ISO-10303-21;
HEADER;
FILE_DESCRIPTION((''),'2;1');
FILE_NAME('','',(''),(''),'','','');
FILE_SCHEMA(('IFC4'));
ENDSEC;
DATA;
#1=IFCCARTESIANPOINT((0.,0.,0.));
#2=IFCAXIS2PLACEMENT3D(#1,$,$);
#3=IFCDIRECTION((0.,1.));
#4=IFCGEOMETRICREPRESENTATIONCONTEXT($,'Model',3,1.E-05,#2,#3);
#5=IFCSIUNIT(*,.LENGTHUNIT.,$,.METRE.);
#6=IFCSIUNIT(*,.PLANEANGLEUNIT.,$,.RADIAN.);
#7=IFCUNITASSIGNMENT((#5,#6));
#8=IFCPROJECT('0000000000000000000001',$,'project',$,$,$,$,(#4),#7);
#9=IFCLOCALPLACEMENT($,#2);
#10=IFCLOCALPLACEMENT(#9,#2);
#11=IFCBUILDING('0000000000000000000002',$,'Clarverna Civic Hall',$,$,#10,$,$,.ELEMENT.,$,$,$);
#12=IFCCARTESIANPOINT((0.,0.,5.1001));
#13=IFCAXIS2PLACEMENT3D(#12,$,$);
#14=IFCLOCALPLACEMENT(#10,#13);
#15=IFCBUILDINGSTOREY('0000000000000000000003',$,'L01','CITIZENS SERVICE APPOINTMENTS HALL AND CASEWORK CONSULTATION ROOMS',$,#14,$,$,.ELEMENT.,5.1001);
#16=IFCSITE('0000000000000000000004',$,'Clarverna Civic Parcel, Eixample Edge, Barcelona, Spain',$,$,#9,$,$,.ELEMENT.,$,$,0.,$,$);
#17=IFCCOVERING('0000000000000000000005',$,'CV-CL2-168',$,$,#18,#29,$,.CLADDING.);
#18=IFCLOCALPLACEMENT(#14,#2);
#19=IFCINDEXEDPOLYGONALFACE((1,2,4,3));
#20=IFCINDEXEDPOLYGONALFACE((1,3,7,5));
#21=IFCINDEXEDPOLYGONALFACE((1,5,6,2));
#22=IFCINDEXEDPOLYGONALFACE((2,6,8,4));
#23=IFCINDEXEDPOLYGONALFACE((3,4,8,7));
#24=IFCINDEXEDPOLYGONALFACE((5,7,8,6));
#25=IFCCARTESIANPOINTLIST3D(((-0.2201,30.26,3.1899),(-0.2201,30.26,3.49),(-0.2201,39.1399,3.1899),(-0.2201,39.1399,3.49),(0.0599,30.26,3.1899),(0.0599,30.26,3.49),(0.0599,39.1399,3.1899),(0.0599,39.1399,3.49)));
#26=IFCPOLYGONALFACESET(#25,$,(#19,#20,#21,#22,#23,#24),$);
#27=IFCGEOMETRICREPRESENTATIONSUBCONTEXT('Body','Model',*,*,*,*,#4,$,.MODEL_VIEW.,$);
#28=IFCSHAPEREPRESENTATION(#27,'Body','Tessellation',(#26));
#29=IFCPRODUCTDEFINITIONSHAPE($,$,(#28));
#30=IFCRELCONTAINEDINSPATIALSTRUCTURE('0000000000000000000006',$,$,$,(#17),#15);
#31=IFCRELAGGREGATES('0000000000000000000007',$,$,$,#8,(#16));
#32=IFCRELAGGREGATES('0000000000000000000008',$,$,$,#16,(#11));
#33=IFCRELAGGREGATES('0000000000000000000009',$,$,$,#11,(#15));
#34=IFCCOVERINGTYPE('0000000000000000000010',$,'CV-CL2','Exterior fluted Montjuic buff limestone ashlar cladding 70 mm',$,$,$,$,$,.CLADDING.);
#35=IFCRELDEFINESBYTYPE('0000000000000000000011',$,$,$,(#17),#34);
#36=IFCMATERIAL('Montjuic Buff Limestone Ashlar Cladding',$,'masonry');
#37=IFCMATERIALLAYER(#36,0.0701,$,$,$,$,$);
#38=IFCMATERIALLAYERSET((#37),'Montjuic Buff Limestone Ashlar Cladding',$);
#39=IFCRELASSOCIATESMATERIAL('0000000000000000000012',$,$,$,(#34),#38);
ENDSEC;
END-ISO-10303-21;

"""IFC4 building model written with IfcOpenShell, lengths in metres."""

from ifc_helpers import new_model, si_unit, direction, frame, frame_2d, origin, place, context, subcontext, project, spatial, rectangle, extrude, material, layer, layer_set, type_object, element, save


model = new_model("IFC4")

# Units and contexts
model_context = context("Model", 3, precision=1e-05, world=origin(), true_north=direction((0.0, 1.0)))
body_context = subcontext(model_context, "Body", "Model", "MODEL_VIEW")
ifc_project = project(units=[si_unit("LENGTHUNIT", "METRE"), si_unit("PLANEANGLEUNIT", "RADIAN")], contexts=[model_context])

# Site, building, storey
site_placement = place(None, origin())
site = spatial("IfcSite", under=ifc_project, at=site_placement, Name="Clarverna Civic Parcel, Eixample Edge, Barcelona, Spain", CompositionType="ELEMENT", RefElevation=0.0)
building_placement = place(site_placement, origin())
building = spatial("IfcBuilding", under=site, at=building_placement, Name="Clarverna Civic Hall", CompositionType="ELEMENT")
storey_placement = place(building_placement, frame((0.0, 0.0, 5.1001)))
storey = spatial("IfcBuildingStorey", under=building, at=storey_placement, Name="L01", Description="CITIZENS SERVICE APPOINTMENTS HALL AND CASEWORK CONSULTATION ROOMS", CompositionType="ELEMENT", Elevation=5.1001)

# Covering
ifc_material_1 = material(Name="Montjuic Buff Limestone Ashlar Cladding", Category="masonry")
ifc_layer_1 = layer(ifc_material_1, 0.0701)
ifc_layer_set_1 = layer_set([ifc_layer_1], Name="Montjuic Buff Limestone Ashlar Cladding")
covering_type = type_object("IfcCoveringType", Name="CV-CL2", Description="Exterior fluted Montjuic buff limestone ashlar cladding 70 mm", PredefinedType="CLADDING", material=ifc_layer_set_1)
covering_1_placement = place(storey_placement, frame((-0.0801, 30.26, 3.1899), z_axis=(0.0, 0.0, 1.0), x_axis=(0.0, 1.0, 0.0)))
element("IfcCovering", 1, at=covering_1_placement, inside=storey, type_object=covering_type, Name="CV-CL2-168", PredefinedType="CLADDING", context=body_context, shape_type="SweptSolid", body=[
    extrude(rectangle(XDim=8.8799, YDim=0.28, at=frame_2d((4.4399, 0.0))), origin(), (0.0, 0.0, 1.0), 0.3),
])

save(model, "model.ifc")
